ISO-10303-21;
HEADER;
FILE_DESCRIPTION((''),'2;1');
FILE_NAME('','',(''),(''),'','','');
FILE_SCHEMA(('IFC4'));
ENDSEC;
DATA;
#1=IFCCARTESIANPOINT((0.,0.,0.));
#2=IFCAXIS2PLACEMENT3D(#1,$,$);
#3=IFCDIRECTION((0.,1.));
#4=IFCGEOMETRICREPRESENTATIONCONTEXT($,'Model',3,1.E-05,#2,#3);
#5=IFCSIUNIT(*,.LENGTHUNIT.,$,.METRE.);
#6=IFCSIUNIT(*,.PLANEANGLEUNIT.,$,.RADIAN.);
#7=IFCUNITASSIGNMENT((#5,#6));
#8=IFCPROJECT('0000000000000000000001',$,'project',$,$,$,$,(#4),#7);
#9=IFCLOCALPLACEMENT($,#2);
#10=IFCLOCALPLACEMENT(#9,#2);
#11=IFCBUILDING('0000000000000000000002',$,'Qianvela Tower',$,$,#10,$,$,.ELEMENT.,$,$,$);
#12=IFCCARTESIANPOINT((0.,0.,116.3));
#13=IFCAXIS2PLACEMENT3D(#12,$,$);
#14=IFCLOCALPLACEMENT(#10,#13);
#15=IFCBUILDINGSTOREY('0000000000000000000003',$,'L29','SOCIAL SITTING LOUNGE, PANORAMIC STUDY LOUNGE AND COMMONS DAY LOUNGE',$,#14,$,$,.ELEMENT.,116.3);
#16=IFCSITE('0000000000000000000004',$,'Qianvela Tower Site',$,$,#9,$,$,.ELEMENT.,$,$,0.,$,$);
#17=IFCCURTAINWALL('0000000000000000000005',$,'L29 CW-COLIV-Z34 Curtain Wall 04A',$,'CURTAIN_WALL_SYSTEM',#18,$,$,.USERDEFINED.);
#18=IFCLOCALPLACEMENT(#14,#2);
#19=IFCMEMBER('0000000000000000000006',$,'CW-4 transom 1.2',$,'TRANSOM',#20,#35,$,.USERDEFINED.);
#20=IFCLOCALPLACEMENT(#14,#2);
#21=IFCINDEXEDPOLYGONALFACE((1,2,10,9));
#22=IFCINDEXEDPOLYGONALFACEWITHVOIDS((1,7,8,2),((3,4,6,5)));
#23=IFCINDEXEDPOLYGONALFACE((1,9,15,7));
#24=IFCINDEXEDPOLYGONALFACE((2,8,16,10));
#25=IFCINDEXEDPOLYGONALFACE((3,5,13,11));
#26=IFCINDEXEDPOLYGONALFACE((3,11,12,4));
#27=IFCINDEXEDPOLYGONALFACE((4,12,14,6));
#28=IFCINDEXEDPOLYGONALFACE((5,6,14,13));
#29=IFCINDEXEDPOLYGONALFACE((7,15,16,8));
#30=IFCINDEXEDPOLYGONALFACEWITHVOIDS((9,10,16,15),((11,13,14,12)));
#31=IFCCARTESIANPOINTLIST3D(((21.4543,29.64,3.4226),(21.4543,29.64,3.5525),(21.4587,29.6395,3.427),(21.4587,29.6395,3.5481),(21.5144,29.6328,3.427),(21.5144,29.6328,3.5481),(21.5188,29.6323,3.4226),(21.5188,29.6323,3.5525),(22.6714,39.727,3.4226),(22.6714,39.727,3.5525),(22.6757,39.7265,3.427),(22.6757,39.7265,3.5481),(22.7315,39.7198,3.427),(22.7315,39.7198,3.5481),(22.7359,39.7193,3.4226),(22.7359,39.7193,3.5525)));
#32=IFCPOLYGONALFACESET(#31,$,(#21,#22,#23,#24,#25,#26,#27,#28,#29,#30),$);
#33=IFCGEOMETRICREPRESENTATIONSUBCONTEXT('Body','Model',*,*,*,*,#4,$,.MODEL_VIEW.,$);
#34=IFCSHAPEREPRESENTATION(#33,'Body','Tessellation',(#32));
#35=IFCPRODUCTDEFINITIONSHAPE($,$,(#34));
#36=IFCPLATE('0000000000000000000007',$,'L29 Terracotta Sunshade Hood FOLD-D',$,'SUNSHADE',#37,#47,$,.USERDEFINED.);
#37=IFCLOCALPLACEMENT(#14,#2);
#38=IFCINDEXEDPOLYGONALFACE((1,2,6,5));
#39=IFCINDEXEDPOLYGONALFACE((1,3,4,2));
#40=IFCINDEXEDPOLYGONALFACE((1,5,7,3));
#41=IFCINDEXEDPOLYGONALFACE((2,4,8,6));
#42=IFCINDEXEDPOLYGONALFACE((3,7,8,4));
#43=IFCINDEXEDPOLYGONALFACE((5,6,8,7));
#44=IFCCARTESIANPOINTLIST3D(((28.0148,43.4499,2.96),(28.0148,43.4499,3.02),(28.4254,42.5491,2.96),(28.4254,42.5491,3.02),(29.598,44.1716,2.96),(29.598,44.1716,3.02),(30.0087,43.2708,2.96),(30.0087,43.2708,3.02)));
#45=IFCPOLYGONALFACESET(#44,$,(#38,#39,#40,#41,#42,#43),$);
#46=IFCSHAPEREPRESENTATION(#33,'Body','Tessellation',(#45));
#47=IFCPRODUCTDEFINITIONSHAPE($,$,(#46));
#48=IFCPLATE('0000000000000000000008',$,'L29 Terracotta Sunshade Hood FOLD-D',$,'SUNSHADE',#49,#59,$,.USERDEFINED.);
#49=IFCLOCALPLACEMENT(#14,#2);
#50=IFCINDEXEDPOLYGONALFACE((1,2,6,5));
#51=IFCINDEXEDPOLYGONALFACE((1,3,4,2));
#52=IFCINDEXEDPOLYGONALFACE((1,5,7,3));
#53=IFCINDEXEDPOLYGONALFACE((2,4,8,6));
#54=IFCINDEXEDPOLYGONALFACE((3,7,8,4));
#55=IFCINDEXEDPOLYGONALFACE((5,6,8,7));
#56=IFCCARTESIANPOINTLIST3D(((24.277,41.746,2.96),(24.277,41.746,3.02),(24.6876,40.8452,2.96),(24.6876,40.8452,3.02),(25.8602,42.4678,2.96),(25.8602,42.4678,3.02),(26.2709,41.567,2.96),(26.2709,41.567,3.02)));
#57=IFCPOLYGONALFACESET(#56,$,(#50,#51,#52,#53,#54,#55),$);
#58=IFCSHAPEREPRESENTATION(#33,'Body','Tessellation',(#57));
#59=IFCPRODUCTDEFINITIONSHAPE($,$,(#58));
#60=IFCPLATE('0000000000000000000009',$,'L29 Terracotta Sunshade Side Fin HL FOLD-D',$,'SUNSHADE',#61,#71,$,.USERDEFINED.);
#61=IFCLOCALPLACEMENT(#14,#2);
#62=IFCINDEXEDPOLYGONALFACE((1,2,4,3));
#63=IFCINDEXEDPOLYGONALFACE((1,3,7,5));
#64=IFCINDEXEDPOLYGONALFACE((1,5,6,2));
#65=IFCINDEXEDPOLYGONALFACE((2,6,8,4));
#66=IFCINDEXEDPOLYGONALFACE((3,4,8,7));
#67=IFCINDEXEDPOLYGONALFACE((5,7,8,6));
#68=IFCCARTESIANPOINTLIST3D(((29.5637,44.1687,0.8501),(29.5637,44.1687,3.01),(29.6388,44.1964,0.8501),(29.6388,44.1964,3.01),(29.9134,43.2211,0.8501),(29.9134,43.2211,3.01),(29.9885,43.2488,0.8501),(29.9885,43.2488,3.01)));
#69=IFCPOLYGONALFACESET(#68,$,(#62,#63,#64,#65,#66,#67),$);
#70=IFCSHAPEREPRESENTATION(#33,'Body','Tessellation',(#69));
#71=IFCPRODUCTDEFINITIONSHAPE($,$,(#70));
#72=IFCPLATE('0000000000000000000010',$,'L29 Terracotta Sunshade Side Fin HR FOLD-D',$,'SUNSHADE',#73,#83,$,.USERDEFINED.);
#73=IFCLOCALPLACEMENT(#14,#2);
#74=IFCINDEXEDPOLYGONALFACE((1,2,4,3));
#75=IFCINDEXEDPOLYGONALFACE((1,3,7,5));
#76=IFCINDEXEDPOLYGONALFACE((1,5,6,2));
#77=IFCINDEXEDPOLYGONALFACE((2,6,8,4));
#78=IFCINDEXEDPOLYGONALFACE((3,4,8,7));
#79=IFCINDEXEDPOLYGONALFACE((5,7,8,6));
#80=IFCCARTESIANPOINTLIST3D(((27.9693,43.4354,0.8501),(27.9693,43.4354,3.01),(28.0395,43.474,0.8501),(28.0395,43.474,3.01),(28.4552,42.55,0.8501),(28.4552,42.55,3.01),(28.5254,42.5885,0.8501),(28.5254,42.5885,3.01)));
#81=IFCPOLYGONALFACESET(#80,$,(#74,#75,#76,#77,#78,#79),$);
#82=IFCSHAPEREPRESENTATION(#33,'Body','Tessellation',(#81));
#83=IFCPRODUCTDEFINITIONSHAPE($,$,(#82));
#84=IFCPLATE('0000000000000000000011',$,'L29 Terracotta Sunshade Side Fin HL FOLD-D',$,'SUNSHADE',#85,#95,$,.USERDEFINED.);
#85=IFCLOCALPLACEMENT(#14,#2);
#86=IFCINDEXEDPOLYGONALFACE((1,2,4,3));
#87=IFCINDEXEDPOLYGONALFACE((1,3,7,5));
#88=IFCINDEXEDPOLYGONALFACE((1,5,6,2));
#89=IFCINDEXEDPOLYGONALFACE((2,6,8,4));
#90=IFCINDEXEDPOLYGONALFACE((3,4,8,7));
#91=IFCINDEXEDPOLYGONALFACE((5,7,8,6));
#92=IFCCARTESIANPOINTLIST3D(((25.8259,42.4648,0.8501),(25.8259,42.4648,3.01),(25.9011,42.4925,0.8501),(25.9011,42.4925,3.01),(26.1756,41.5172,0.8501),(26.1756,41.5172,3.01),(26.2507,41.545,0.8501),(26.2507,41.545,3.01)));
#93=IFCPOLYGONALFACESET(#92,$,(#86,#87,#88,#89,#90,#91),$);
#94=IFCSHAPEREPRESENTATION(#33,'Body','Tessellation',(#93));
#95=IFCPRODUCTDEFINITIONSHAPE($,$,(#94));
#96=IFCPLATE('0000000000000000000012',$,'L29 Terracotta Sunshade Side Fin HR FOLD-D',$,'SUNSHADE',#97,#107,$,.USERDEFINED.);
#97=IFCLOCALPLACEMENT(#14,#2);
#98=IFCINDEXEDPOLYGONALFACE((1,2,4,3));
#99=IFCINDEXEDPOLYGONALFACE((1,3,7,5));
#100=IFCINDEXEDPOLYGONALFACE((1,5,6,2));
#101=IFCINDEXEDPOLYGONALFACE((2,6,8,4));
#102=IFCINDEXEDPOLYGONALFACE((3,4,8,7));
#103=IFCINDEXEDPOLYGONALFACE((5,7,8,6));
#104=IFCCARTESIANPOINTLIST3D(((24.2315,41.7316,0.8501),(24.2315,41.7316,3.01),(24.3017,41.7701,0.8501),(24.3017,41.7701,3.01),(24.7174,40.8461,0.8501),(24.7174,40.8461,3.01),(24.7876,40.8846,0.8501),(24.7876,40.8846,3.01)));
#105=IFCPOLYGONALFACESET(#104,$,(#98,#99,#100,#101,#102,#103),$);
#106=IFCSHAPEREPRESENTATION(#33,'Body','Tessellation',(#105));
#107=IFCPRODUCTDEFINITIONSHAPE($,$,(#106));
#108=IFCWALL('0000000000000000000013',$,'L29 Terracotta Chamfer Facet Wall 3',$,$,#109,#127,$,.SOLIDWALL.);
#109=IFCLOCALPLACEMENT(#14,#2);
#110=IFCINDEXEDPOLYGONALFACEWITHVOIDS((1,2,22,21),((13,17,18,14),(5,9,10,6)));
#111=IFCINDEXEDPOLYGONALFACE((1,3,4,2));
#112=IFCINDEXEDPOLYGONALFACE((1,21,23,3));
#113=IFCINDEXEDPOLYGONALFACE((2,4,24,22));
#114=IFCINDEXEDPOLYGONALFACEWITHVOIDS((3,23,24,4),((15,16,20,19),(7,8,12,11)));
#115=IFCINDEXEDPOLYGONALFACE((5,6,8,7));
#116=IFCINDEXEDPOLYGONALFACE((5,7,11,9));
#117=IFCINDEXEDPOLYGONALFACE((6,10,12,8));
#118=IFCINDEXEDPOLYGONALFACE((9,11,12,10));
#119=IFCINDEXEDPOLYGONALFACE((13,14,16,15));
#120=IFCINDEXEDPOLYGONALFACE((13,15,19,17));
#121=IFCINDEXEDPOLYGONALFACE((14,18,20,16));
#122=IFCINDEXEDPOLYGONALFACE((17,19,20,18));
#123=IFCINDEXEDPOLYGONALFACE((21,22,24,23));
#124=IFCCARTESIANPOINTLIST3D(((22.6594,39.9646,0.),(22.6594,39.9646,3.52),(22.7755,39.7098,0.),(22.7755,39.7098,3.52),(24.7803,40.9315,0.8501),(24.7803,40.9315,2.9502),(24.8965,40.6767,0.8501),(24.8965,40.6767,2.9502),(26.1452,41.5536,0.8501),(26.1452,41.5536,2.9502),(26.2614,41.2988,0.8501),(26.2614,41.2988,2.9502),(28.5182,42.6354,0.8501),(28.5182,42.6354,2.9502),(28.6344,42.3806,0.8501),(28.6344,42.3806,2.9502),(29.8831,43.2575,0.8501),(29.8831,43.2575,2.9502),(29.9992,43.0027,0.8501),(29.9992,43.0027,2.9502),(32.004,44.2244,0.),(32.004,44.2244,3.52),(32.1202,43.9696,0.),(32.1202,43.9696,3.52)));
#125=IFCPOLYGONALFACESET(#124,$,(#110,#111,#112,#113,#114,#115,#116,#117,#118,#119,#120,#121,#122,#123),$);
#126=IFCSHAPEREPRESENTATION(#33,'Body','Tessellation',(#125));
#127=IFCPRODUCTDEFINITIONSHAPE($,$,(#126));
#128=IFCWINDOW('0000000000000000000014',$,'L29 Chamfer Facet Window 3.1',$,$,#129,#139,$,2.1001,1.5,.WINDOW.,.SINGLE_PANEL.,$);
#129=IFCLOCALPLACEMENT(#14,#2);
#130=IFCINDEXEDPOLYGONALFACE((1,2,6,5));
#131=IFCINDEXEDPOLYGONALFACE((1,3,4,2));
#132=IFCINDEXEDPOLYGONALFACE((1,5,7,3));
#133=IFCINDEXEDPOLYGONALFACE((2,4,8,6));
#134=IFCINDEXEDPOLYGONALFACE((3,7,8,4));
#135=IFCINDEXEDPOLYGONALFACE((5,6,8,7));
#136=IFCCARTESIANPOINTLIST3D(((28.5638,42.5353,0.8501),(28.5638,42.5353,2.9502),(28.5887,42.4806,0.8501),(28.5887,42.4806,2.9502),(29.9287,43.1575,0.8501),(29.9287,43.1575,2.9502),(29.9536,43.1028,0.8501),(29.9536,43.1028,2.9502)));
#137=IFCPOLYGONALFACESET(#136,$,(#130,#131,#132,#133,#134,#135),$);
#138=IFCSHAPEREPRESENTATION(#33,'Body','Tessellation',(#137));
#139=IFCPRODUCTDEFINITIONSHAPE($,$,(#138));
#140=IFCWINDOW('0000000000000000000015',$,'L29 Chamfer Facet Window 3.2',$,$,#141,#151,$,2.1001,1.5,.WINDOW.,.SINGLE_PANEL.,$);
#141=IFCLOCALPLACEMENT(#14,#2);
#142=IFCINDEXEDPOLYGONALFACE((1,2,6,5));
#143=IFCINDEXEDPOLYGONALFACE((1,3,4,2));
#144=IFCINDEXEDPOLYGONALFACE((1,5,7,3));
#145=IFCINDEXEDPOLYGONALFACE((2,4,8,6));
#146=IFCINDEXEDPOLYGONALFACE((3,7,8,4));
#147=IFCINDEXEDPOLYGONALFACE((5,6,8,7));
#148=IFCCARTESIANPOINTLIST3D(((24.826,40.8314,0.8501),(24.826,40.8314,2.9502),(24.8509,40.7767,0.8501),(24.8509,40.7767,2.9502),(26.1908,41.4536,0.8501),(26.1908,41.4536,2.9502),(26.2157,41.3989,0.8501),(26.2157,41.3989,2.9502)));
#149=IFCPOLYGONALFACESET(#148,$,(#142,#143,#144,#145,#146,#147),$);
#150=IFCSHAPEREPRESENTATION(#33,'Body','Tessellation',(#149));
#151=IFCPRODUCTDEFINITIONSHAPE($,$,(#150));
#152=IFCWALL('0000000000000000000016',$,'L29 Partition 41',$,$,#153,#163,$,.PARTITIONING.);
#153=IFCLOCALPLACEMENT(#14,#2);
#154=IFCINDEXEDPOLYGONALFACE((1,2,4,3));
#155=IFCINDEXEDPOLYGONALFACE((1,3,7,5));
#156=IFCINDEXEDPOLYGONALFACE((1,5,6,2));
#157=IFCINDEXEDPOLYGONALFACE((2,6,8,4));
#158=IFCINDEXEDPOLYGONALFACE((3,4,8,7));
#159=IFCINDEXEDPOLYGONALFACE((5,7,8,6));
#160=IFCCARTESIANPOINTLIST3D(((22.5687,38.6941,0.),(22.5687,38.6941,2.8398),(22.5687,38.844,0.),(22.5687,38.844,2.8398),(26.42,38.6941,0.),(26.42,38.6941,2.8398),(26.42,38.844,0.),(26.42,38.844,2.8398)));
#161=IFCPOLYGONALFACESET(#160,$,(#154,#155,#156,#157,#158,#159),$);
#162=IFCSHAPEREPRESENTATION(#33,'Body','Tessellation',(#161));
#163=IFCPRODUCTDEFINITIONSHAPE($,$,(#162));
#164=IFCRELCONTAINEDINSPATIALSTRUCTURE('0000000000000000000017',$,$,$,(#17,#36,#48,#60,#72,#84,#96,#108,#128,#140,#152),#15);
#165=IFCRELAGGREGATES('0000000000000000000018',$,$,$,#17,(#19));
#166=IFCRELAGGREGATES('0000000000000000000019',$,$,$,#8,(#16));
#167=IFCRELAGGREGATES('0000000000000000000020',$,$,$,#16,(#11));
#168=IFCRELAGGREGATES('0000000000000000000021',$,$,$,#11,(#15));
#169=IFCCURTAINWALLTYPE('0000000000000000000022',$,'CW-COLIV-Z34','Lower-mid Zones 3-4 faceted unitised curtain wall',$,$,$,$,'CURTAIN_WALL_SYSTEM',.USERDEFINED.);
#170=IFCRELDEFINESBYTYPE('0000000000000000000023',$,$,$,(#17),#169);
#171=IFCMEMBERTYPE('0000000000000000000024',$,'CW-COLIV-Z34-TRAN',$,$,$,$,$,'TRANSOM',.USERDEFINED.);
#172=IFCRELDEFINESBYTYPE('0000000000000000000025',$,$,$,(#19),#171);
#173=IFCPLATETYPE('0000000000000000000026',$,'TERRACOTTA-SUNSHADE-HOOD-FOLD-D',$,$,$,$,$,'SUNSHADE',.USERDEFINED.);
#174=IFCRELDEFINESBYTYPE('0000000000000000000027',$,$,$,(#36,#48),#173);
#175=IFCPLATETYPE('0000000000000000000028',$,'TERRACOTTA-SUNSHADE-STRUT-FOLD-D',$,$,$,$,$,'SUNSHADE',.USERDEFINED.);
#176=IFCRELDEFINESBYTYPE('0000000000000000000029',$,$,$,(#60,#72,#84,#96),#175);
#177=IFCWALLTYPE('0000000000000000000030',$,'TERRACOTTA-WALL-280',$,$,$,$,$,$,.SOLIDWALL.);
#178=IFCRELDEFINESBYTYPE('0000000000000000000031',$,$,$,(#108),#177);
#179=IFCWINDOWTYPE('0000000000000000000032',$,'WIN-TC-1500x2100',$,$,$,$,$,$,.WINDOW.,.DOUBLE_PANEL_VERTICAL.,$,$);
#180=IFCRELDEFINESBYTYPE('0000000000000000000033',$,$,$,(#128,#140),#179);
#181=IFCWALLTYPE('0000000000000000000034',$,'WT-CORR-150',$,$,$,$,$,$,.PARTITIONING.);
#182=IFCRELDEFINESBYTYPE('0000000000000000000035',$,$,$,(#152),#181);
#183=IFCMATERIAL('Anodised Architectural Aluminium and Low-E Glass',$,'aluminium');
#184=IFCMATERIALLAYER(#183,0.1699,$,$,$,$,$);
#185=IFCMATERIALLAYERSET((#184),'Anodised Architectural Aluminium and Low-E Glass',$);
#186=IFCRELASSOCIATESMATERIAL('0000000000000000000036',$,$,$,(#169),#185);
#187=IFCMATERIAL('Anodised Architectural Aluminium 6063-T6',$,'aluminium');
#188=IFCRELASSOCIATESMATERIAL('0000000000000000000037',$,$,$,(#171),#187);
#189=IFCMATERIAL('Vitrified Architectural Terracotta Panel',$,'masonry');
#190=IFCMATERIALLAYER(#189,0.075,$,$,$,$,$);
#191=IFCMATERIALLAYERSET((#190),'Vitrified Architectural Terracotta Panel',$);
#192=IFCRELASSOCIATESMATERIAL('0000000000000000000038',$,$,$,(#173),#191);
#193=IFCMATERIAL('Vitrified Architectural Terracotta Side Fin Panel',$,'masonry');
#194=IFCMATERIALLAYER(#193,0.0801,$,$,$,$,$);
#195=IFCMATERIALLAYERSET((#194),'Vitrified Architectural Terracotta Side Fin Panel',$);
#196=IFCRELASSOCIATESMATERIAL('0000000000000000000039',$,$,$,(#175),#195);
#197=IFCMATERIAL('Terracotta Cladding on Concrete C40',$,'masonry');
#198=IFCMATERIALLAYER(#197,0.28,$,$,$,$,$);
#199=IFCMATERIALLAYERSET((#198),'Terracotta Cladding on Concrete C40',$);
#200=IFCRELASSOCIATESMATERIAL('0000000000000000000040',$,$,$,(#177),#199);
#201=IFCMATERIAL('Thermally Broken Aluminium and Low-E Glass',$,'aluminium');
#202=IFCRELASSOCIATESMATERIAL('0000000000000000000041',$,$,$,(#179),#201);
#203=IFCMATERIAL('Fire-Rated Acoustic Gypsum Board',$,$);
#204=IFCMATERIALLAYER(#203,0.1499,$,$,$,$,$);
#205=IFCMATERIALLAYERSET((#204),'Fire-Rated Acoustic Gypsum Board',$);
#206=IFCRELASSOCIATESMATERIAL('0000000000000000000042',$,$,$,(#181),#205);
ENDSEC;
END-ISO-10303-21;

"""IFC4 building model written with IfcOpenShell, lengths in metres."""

from ifc_helpers import new_model, si_unit, direction, frame, frame_2d, origin, origin_2d, place, context, subcontext, project, spatial, rectangle, hollow_rectangle, extrude, material, layer, layer_set, material_profile, profile_set, type_object, element, fill, aggregate, save


model = new_model("IFC4")

# Units and contexts
model_context = context("Model", 3, precision=1e-05, world=origin(), true_north=direction((0.0, 1.0)))
body_context = subcontext(model_context, "Body", "Model", "MODEL_VIEW")
ifc_project = project(units=[si_unit("LENGTHUNIT", "METRE"), si_unit("PLANEANGLEUNIT", "RADIAN")], contexts=[model_context])

# Site, building, storey
site_placement = place(None, origin())
site = spatial("IfcSite", under=ifc_project, at=site_placement, Name="Qianvela Tower Site", CompositionType="ELEMENT", RefElevation=0.0)
building_placement = place(site_placement, origin())
building = spatial("IfcBuilding", under=site, at=building_placement, Name="Qianvela Tower", CompositionType="ELEMENT")
storey_placement = place(building_placement, frame((0.0, 0.0, 116.3)))
storey = spatial("IfcBuildingStorey", under=building, at=storey_placement, Name="L29", Description="SOCIAL SITTING LOUNGE, PANORAMIC STUDY LOUNGE AND COMMONS DAY LOUNGE", CompositionType="ELEMENT", Elevation=116.3)

# Shared definitions
ifc_material_1 = material(Name="Anodised Architectural Aluminium and Low-E Glass", Category="aluminium")
ifc_layer_1 = layer(ifc_material_1, 0.1699)
ifc_layer_set_1 = layer_set([ifc_layer_1], Name="Anodised Architectural Aluminium and Low-E Glass")
curtain_wall_type = type_object("IfcCurtainWallType", Name="CW-COLIV-Z34", Description="Lower-mid Zones 3-4 faceted unitised curtain wall", ElementType="CURTAIN_WALL_SYSTEM", PredefinedType="USERDEFINED", material=ifc_layer_set_1)

# Curtain wall, member
curtain_wall_1_placement = place(storey_placement, origin())
curtain_wall_1 = element("IfcCurtainWall", 1, at=curtain_wall_1_placement, inside=storey, type_object=curtain_wall_type, Name="L29 CW-COLIV-Z34 Curtain Wall 04A", ObjectType="CURTAIN_WALL_SYSTEM", PredefinedType="USERDEFINED")
ifc_material_2 = material(Name="Anodised Architectural Aluminium 6063-T6", Category="aluminium")
ifc_material_profile_1 = material_profile(ifc_material_2, hollow_rectangle(XDim=0.0649, YDim=0.1299, WallThickness=0.0044, at=origin_2d()), Name="ALU-TRAN-65x130")
ifc_profile_set_1 = profile_set([ifc_material_profile_1], Name="Anodised Architectural Aluminium 6063-T6")
member_type_1 = type_object("IfcMemberType", Name="CW-COLIV-Z34-TRAN", ElementType="TRANSOM", PredefinedType="USERDEFINED", material=ifc_profile_set_1)
member_1_placement = place(storey_placement, frame((22.7036, 39.7231, 3.4875), z_axis=(-0.119787, -0.9928, 0.0), x_axis=(0.9928, -0.119787, 0.0)))
member_1 = element("IfcMember", 2, at=member_1_placement, type_object=member_type_1, Name="CW-4 transom 1.2", ObjectType="TRANSOM", PredefinedType="USERDEFINED", context=body_context, shape_type="SweptSolid", body=[
    extrude(hollow_rectangle(XDim=0.0649, YDim=0.1299, WallThickness=0.0044, at=origin_2d()), origin(), (0.0, 0.0, 1.0), 10.1602),
])
aggregate(curtain_wall_1, [member_1])

# Plates
ifc_material_3 = material(Name="Vitrified Architectural Terracotta Panel", Category="masonry")
ifc_layer_2 = layer(ifc_material_3, 0.075)
ifc_layer_set_2 = layer_set([ifc_layer_2], Name="Vitrified Architectural Terracotta Panel")
plate_type_1 = type_object("IfcPlateType", Name="TERRACOTTA-SUNSHADE-HOOD-FOLD-D", ElementType="SUNSHADE", PredefinedType="USERDEFINED", material=ifc_layer_set_2)
for number, where, z_axis, x_axis, name in (
    (3, (29.0117, 43.3604, 2.96), (0.0, 0.0, 1.0), (-0.909919, -0.414787, 0.0), "L29 Terracotta Sunshade Hood FOLD-D"),
    (4, (25.2739, 41.6565, 2.96), (0.0, 0.0, 1.0), (-0.909919, -0.414787, 0.0), "L29 Terracotta Sunshade Hood FOLD-D"),
):
    element("IfcPlate", number, at=place(storey_placement, frame(where, z_axis=z_axis, x_axis=x_axis)), inside=storey, type_object=plate_type_1, Name=name, ObjectType="SUNSHADE", PredefinedType="USERDEFINED", context=body_context, shape_type="SweptSolid", body=[
        extrude(rectangle(XDim=1.74, YDim=0.99, at=origin_2d()), origin(), (0.0, 0.0, 1.0), 0.0601),
    ])
ifc_material_4 = material(Name="Vitrified Architectural Terracotta Side Fin Panel", Category="masonry")
ifc_layer_3 = layer(ifc_material_4, 0.0801)
ifc_layer_set_3 = layer_set([ifc_layer_3], Name="Vitrified Architectural Terracotta Side Fin Panel")
plate_type_2 = type_object("IfcPlateType", Name="TERRACOTTA-SUNSHADE-STRUT-FOLD-D", ElementType="SUNSHADE", PredefinedType="USERDEFINED", material=ifc_layer_set_3)
for number, where, z_axis, x_axis, name in (
    (5, (29.7761, 43.7087, 0.8501), (0.0, 0.0, 1.0), (-0.938156, -0.346214, 0.0), "L29 Terracotta Sunshade Side Fin HL FOLD-D"),
    (6, (28.2473, 43.012, 0.8501), (0.0, 0.0, 1.0), (-0.876677, -0.481079, 0.0), "L29 Terracotta Sunshade Side Fin HR FOLD-D"),
    (7, (26.0383, 42.0049, 0.8501), (0.0, 0.0, 1.0), (-0.938156, -0.346214, 0.0), "L29 Terracotta Sunshade Side Fin HL FOLD-D"),
    (8, (24.5095, 41.3081, 0.8501), (0.0, 0.0, 1.0), (-0.876677, -0.481079, 0.0), "L29 Terracotta Sunshade Side Fin HR FOLD-D"),
):
    element("IfcPlate", number, at=place(storey_placement, frame(where, z_axis=z_axis, x_axis=x_axis)), inside=storey, type_object=plate_type_2, Name=name, ObjectType="SUNSHADE", PredefinedType="USERDEFINED", context=body_context, shape_type="SweptSolid", body=[
        extrude(rectangle(XDim=0.0801, YDim=1.01, at=origin_2d()), origin(), (0.0, 0.0, 1.0), 2.1599),
    ])

# Wall, openings, windows
ifc_material_5 = material(Name="Terracotta Cladding on Concrete C40", Category="masonry")
ifc_layer_4 = layer(ifc_material_5, 0.28)
ifc_layer_set_4 = layer_set([ifc_layer_4], Name="Terracotta Cladding on Concrete C40")
wall_type_1 = type_object("IfcWallType", Name="TERRACOTTA-WALL-280", PredefinedType="SOLIDWALL", material=ifc_layer_set_4)
wall_1_placement = place(storey_placement, frame((32.062, 44.0969, 0.0), z_axis=(0.0, 0.0, 1.0), x_axis=(-0.90992, -0.414784, 0.0)))
wall_1 = element("IfcWall", 9, at=wall_1_placement, inside=storey, type_object=wall_type_1, Name="L29 Terracotta Chamfer Facet Wall 3", PredefinedType="SOLIDWALL", context=body_context, shape_type="SweptSolid", body=[
    extrude(rectangle(XDim=10.2698, YDim=0.28, at=frame_2d((5.1348, 0.0))), origin(), (0.0, 0.0, 1.0), 3.52),
])
opening_1_placement = place(wall_1_placement, frame((2.3308, 0.0, 0.8501)))
opening_1 = element("IfcOpeningElement", 10, at=opening_1_placement, cuts=wall_1, PredefinedType="OPENING", context=body_context, shape_type="SweptSolid", body=[
    extrude(rectangle(XDim=1.5, YDim=2.1001, at=frame_2d((0.75, 1.05))), frame((0.0, 0.1499, 0.0), z_axis=(0.0, -1.0, 0.0), x_axis=(1.0, 0.0, 0.0)), (0.0, 0.0, 1.0), 0.3),
])
opening_2_placement = place(wall_1_placement, frame((6.4387, 0.0, 0.8501)))
opening_2 = element("IfcOpeningElement", 11, at=opening_2_placement, cuts=wall_1, PredefinedType="OPENING", context=body_context, shape_type="SweptSolid", body=[
    extrude(rectangle(XDim=1.5, YDim=2.1001, at=frame_2d((0.75, 1.05))), frame((0.0, 0.1499, 0.0), z_axis=(0.0, -1.0, 0.0), x_axis=(1.0, 0.0, 0.0)), (0.0, 0.0, 1.0), 0.3),
])
ifc_material_6 = material(Name="Thermally Broken Aluminium and Low-E Glass", Category="aluminium")
window_type = type_object("IfcWindowType", Name="WIN-TC-1500x2100", PartitioningType="DOUBLE_PANEL_VERTICAL", PredefinedType="WINDOW", material=ifc_material_6)
window_1_placement = place(opening_1_placement, origin())
window_1 = element("IfcWindow", 12, at=window_1_placement, inside=storey, type_object=window_type, Name="L29 Chamfer Facet Window 3.1", OverallHeight=2.1001, OverallWidth=1.5, PartitioningType="SINGLE_PANEL", PredefinedType="WINDOW", context=body_context, shape_type="SweptSolid", body=[
    extrude(rectangle(XDim=1.5, YDim=2.1001, at=frame_2d((0.75, 1.05))), frame((0.0, 0.03, 0.0), z_axis=(0.0, -1.0, 0.0), x_axis=(1.0, 0.0, 0.0)), (0.0, 0.0, 1.0), 0.0601),
])
fill(opening_1, window_1)
window_2_placement = place(opening_2_placement, origin())
window_2 = element("IfcWindow", 13, at=window_2_placement, inside=storey, type_object=window_type, Name="L29 Chamfer Facet Window 3.2", OverallHeight=2.1001, OverallWidth=1.5, PartitioningType="SINGLE_PANEL", PredefinedType="WINDOW", context=body_context, shape_type="SweptSolid", body=[
    extrude(rectangle(XDim=1.5, YDim=2.1001, at=frame_2d((0.75, 1.05))), frame((0.0, 0.03, 0.0), z_axis=(0.0, -1.0, 0.0), x_axis=(1.0, 0.0, 0.0)), (0.0, 0.0, 1.0), 0.0601),
])
fill(opening_2, window_2)

# Wall
ifc_material_7 = material(Name="Fire-Rated Acoustic Gypsum Board")
ifc_layer_5 = layer(ifc_material_7, 0.1499)
ifc_layer_set_5 = layer_set([ifc_layer_5], Name="Fire-Rated Acoustic Gypsum Board")
wall_type_2 = type_object("IfcWallType", Name="WT-CORR-150", PredefinedType="PARTITIONING", material=ifc_layer_set_5)
wall_2_placement = place(storey_placement, frame((22.5686, 38.769, 0.0), z_axis=(0.0, 0.0, 1.0), x_axis=(1.0, 0.0, 0.0)))
element("IfcWall", 14, at=wall_2_placement, inside=storey, type_object=wall_type_2, Name="L29 Partition 41", PredefinedType="PARTITIONING", context=body_context, shape_type="SweptSolid", body=[
    extrude(rectangle(XDim=3.8513, YDim=0.1499, at=frame_2d((1.9258, 0.0))), origin(), (0.0, 0.0, 1.0), 2.8398),
])

save(model, "model.ifc")
